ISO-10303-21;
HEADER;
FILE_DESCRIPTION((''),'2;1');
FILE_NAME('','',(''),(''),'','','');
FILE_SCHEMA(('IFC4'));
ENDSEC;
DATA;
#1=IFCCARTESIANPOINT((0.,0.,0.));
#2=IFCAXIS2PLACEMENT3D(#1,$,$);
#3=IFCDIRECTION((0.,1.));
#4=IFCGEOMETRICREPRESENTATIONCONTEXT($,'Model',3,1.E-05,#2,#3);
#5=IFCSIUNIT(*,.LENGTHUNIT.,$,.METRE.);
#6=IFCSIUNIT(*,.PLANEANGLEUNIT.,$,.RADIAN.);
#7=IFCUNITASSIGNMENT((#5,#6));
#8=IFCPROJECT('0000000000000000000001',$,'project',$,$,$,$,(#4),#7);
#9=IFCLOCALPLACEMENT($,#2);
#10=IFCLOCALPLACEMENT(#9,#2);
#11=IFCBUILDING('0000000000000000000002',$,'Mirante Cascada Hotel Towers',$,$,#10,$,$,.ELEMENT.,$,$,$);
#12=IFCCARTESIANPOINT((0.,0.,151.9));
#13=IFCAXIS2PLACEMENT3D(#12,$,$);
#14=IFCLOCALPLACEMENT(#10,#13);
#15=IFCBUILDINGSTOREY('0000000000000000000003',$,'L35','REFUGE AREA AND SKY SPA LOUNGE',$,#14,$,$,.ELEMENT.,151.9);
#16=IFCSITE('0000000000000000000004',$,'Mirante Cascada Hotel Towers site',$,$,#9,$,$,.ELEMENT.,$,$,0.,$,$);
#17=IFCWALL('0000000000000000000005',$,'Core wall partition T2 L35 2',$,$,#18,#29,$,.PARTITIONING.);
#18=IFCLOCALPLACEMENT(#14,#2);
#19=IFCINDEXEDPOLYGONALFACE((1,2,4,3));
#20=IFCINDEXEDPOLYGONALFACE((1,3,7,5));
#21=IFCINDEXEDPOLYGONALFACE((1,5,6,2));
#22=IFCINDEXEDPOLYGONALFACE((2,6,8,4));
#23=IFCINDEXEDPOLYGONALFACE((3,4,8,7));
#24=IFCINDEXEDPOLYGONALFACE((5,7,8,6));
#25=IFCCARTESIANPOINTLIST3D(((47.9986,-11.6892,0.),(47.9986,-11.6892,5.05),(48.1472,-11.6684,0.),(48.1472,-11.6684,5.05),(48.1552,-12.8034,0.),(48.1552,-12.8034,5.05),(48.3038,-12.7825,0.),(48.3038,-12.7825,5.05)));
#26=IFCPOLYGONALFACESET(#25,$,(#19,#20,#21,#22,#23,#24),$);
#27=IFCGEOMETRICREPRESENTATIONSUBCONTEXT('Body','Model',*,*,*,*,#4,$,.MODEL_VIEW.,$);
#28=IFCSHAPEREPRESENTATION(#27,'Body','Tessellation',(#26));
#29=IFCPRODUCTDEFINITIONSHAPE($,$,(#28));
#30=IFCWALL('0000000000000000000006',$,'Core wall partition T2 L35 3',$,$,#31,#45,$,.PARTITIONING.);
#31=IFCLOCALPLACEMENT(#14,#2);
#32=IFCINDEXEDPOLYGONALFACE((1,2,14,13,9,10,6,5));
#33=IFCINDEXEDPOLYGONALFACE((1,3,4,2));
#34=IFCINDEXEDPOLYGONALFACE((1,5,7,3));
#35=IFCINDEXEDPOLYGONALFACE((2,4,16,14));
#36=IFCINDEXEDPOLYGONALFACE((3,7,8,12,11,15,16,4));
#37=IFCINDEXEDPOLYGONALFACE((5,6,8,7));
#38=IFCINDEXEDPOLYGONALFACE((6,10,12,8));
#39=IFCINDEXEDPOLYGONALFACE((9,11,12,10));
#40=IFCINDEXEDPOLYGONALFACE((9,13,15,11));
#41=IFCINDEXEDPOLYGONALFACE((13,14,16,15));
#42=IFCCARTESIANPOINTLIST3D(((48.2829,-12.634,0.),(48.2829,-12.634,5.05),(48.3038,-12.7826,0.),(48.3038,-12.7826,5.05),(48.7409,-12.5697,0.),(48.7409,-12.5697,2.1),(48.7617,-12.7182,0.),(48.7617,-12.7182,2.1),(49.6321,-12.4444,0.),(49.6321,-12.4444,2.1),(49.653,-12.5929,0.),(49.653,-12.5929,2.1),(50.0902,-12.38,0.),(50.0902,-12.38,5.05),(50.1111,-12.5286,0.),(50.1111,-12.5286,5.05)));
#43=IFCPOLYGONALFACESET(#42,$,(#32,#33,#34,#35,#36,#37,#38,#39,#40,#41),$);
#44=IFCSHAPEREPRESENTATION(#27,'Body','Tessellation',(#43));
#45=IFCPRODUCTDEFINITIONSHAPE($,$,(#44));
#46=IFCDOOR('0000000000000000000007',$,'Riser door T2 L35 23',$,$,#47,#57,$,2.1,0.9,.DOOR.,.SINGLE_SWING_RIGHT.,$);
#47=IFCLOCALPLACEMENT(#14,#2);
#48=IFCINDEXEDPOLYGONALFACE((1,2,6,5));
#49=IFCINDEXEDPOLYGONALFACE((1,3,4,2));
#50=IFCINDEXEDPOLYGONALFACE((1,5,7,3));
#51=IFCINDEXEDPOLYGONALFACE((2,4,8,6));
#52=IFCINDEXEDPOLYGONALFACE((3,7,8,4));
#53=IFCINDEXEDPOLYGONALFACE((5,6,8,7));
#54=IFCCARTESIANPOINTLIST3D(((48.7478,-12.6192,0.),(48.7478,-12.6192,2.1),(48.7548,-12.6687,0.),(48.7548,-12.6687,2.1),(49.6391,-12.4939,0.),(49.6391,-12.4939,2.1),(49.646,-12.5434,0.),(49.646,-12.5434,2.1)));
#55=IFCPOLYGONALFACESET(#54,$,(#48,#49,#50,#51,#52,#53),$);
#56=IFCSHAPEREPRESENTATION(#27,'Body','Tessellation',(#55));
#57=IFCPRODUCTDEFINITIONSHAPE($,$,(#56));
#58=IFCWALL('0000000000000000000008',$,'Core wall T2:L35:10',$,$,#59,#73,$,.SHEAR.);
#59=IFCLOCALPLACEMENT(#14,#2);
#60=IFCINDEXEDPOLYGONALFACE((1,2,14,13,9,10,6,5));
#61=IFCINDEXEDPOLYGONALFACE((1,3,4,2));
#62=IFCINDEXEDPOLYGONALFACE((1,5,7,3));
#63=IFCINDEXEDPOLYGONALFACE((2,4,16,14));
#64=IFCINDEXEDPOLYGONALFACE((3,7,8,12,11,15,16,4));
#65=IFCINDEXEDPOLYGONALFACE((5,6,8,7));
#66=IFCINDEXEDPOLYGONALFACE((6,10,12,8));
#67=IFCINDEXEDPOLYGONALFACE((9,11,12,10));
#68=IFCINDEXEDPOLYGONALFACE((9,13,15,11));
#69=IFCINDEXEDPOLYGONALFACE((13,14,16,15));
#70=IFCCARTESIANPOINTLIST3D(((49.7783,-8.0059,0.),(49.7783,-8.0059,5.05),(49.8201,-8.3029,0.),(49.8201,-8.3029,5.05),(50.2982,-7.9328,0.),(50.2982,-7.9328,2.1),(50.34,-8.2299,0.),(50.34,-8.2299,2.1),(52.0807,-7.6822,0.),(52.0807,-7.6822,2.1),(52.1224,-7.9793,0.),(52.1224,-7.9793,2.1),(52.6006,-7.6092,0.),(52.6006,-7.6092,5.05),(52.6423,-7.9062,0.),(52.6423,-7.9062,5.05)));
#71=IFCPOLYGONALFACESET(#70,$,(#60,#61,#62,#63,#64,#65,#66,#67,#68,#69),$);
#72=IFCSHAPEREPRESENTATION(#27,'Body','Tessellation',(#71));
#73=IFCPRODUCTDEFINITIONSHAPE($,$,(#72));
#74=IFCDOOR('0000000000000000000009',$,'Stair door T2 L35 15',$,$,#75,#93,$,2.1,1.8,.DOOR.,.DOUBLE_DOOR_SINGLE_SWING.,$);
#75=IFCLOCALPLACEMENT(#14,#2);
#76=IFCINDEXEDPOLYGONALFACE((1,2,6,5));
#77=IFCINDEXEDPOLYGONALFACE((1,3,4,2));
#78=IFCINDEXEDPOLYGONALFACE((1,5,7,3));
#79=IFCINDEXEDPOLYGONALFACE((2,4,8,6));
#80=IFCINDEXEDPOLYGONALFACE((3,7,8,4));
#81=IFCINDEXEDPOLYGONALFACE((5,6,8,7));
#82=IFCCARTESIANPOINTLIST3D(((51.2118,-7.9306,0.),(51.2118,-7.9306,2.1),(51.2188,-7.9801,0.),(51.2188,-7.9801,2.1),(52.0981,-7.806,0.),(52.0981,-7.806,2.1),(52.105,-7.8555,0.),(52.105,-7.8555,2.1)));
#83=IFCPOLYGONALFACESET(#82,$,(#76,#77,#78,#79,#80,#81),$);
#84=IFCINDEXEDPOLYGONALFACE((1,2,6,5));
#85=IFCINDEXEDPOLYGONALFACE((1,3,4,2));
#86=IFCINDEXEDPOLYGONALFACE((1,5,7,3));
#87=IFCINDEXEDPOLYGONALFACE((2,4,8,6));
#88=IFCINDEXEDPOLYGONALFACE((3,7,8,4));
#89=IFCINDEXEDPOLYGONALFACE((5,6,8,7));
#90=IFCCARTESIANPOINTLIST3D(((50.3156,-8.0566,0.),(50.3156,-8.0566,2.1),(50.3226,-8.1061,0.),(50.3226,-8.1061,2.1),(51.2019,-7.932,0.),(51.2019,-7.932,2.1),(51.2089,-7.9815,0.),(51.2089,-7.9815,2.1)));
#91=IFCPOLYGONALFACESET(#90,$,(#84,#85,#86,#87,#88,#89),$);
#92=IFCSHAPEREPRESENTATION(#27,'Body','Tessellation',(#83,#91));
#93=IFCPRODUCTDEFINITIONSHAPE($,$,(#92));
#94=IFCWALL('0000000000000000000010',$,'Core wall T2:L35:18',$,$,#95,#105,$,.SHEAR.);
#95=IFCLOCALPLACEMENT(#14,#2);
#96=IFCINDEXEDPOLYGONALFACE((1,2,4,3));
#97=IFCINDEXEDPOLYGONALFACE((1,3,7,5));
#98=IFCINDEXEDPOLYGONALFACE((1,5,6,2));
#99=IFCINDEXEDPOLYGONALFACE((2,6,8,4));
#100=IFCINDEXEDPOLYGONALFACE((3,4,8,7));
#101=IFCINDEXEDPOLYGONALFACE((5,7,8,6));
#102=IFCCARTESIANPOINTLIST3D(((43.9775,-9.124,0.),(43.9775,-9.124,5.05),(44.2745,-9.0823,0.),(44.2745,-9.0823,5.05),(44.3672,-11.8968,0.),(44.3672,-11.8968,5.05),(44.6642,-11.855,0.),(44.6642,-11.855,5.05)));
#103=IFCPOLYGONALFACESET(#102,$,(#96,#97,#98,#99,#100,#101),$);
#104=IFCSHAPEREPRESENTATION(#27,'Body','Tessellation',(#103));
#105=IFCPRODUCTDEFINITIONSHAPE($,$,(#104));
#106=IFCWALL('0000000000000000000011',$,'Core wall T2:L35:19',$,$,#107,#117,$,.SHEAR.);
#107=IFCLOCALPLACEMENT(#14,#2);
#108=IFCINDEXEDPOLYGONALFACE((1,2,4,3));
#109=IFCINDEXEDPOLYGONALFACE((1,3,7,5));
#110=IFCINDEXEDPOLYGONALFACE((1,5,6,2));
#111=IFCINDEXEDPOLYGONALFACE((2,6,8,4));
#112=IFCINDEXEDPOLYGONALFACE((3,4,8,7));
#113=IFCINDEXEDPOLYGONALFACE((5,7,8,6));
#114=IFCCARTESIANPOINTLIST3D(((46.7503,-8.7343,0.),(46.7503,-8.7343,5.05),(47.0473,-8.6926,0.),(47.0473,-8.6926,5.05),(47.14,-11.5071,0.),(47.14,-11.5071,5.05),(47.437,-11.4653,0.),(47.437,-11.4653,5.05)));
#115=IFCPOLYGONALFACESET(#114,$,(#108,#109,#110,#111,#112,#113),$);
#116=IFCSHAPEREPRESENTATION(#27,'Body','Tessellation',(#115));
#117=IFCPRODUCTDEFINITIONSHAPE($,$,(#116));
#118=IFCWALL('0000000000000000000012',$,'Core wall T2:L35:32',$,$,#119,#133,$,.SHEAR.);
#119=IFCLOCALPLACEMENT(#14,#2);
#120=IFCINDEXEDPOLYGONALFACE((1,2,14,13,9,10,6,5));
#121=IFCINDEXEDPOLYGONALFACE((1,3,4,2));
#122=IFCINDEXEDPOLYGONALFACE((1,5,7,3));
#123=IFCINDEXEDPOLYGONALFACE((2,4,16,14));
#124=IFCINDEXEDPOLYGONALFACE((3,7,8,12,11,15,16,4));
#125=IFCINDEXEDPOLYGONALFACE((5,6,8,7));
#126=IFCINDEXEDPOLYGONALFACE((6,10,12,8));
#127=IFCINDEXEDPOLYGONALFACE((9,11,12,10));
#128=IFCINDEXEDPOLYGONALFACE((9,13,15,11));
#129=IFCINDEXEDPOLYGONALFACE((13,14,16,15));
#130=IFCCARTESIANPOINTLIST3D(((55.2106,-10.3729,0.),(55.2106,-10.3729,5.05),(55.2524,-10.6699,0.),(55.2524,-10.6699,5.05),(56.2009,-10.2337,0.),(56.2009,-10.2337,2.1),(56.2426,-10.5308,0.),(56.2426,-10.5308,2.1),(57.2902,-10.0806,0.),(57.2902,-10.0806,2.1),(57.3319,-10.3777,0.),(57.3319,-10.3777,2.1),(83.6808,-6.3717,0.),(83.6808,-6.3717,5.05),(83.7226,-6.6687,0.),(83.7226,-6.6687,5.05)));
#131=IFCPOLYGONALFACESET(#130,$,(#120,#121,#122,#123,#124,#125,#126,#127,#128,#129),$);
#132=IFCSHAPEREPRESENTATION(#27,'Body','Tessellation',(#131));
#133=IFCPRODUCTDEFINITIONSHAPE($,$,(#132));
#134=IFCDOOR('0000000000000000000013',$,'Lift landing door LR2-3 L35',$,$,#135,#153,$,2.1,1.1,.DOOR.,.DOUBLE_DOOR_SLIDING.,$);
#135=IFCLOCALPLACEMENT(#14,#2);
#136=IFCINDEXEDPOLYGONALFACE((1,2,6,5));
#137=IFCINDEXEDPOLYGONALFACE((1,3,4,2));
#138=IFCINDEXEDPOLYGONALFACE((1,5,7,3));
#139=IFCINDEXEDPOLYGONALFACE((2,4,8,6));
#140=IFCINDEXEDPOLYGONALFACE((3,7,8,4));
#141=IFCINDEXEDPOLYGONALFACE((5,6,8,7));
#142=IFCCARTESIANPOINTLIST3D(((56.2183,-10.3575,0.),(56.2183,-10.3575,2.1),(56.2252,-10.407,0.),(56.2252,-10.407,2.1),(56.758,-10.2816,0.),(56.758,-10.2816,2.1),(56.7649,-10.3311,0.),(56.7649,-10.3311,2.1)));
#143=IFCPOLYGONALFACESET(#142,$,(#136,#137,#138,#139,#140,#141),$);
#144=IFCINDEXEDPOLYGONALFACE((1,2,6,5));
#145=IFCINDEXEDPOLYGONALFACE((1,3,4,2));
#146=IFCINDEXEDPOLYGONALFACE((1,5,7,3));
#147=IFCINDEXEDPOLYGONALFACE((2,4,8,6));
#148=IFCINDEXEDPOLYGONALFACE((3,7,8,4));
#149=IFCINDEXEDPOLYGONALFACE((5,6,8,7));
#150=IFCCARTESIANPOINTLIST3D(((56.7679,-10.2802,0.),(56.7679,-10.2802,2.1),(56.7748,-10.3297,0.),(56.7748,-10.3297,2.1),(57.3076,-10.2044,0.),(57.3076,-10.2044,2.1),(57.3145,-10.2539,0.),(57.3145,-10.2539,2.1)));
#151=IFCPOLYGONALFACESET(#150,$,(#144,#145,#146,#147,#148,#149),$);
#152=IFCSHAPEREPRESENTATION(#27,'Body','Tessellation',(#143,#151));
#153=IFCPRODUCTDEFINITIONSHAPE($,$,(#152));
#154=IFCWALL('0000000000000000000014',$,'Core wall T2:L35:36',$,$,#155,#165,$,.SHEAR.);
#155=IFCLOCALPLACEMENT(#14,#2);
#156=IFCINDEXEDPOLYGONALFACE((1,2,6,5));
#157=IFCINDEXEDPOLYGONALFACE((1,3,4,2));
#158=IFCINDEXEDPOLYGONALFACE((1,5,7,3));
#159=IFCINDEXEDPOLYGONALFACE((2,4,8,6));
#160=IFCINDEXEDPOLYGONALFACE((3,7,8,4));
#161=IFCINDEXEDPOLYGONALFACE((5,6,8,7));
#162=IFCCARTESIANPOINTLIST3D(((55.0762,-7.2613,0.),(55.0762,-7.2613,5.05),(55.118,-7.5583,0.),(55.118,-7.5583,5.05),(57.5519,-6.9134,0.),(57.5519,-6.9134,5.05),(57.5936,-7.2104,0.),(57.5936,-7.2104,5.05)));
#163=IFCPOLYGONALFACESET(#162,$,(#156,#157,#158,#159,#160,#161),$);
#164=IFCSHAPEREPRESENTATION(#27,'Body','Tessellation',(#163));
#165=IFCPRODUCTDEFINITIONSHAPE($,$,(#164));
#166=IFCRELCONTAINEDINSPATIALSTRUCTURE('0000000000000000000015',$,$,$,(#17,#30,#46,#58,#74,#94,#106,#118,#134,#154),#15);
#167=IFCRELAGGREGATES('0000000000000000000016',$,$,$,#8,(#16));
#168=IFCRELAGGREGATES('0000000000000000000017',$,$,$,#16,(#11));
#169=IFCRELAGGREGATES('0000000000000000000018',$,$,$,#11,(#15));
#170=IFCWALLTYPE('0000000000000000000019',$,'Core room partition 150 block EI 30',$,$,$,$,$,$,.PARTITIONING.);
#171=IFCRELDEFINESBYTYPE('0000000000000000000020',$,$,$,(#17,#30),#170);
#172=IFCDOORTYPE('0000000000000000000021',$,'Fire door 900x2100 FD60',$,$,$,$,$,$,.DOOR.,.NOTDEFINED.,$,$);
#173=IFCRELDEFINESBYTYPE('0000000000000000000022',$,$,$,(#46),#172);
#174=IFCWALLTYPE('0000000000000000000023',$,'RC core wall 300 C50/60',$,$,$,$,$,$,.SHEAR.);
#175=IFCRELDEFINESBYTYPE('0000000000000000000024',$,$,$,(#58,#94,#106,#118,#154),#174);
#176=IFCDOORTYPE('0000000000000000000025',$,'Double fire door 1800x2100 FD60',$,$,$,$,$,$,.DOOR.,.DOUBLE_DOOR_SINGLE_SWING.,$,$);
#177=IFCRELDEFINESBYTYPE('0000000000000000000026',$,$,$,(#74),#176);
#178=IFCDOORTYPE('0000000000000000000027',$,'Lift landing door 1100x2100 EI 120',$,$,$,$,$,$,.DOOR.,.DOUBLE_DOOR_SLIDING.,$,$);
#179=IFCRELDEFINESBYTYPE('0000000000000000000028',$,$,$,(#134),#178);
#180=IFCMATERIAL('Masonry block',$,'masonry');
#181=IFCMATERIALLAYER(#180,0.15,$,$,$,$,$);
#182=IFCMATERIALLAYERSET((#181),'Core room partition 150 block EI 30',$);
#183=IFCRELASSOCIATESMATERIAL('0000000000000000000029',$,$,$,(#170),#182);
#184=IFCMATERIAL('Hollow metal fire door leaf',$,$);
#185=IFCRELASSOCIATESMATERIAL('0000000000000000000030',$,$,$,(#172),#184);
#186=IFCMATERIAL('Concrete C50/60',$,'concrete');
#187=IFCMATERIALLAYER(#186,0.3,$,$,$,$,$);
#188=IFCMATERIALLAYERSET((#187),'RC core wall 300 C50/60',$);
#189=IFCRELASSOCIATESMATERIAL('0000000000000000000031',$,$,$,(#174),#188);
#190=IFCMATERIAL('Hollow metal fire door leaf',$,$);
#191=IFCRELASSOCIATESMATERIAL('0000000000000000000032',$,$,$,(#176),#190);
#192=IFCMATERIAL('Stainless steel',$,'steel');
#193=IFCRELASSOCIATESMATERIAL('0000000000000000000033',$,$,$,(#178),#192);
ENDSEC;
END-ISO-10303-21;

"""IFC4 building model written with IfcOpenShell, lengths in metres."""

from ifc_helpers import new_model, si_unit, direction, frame, frame_2d, origin, place, context, subcontext, project, spatial, rectangle, extrude, material, layer, layer_set, type_object, element, fill, save


model = new_model("IFC4")

# Units and contexts
model_context = context("Model", 3, precision=1e-05, world=origin(), true_north=direction((0.0, 1.0)))
body_context = subcontext(model_context, "Body", "Model", "MODEL_VIEW")
ifc_project = project(units=[si_unit("LENGTHUNIT", "METRE"), si_unit("PLANEANGLEUNIT", "RADIAN")], contexts=[model_context])

# Site, building, storey
site_placement = place(None, origin())
site = spatial("IfcSite", under=ifc_project, at=site_placement, Name="Mirante Cascada Hotel Towers site", CompositionType="ELEMENT", RefElevation=0.0)
building_placement = place(site_placement, origin())
building = spatial("IfcBuilding", under=site, at=building_placement, Name="Mirante Cascada Hotel Towers", CompositionType="ELEMENT")
storey_placement = place(building_placement, frame((0.0, 0.0, 151.9)))
storey = spatial("IfcBuildingStorey", under=building, at=storey_placement, Name="L35", Description="REFUGE AREA AND SKY SPA LOUNGE", CompositionType="ELEMENT", Elevation=151.9)

# Wall
ifc_material_1 = material(Name="Masonry block", Category="masonry")
ifc_layer_1 = layer(ifc_material_1, 0.15)
ifc_layer_set_1 = layer_set([ifc_layer_1], Name="Core room partition 150 block EI 30")
wall_type_1 = type_object("IfcWallType", Name="Core room partition 150 block EI 30", PredefinedType="PARTITIONING", material=ifc_layer_set_1)
wall_1_placement = place(storey_placement, frame((48.2295, -12.793, 0.0), z_axis=(0.0, 0.0, 1.0), x_axis=(-0.139193, 0.990265, 0.0)))
element("IfcWall", 1, at=wall_1_placement, inside=storey, type_object=wall_type_1, Name="Core wall partition T2 L35 2", PredefinedType="PARTITIONING", context=body_context, shape_type="SweptSolid", body=[
    extrude(rectangle(XDim=1.1251, YDim=0.15, at=frame_2d((0.5626, 0.0))), origin(), (0.0, 0.0, 1.0), 5.05),
])

# Walls, openings, doors
wall_2_placement = place(storey_placement, frame((48.2933, -12.7083, 0.0), z_axis=(0.0, 0.0, 1.0), x_axis=(0.990268, 0.139173, 0.0)))
wall_2 = element("IfcWall", 2, at=wall_2_placement, inside=storey, type_object=wall_type_1, Name="Core wall partition T2 L35 3", PredefinedType="PARTITIONING", context=body_context, shape_type="SweptSolid", body=[
    extrude(rectangle(XDim=1.8251, YDim=0.15, at=frame_2d((0.9126, 0.0))), origin(), (0.0, 0.0, 1.0), 5.05),
])
opening_1_placement = place(wall_2_placement, frame((0.4625, 0.0, 0.0)))
opening_1 = element("IfcOpeningElement", 3, at=opening_1_placement, cuts=wall_2, PredefinedType="OPENING", context=body_context, shape_type="SweptSolid", body=[
    extrude(rectangle(XDim=0.9, YDim=2.1, at=frame_2d((0.45, 1.05))), frame((0.0, 0.075, 0.0), z_axis=(0.0, -1.0, 0.0), x_axis=(1.0, 0.0, 0.0)), (0.0, 0.0, 1.0), 0.15),
])
ifc_material_2 = material(Name="Hollow metal fire door leaf")
door_type_1 = type_object("IfcDoorType", Name="Fire door 900x2100 FD60", OperationType="NOTDEFINED", PredefinedType="DOOR", material=ifc_material_2)
door_1_placement = place(opening_1_placement, frame((0.9, 0.0, 0.0), z_axis=(0.0, 0.0, 1.0), x_axis=(-1.0, 0.0, 0.0)))
door_1 = element("IfcDoor", 4, at=door_1_placement, inside=storey, type_object=door_type_1, Name="Riser door T2 L35 23", OperationType="SINGLE_SWING_RIGHT", OverallHeight=2.1, OverallWidth=0.9, PredefinedType="DOOR", context=body_context, shape_type="SweptSolid", body=[
    extrude(rectangle(XDim=0.9, YDim=2.1, at=frame_2d((0.45, 1.05))), frame((0.0, 0.025, 0.0), z_axis=(0.0, -1.0, 0.0), x_axis=(1.0, 0.0, 0.0)), (0.0, 0.0, 1.0), 0.05),
])
fill(opening_1, door_1)
ifc_material_3 = material(Name="Concrete C50/60", Category="concrete")
ifc_layer_2 = layer(ifc_material_3, 0.3)
ifc_layer_set_2 = layer_set([ifc_layer_2], Name="RC core wall 300 C50/60")
wall_type_2 = type_object("IfcWallType", Name="RC core wall 300 C50/60", PredefinedType="SHEAR", material=ifc_layer_set_2)
wall_3_placement = place(storey_placement, frame((49.7992, -8.1544, 0.0), z_axis=(0.0, 0.0, 1.0), x_axis=(0.990266, 0.139191, 0.0)))
wall_3 = element("IfcWall", 5, at=wall_3_placement, inside=storey, type_object=wall_type_2, Name="Core wall T2:L35:10", PredefinedType="SHEAR", context=body_context, shape_type="SweptSolid", body=[
    extrude(rectangle(XDim=2.85, YDim=0.3, at=frame_2d((1.425, 0.0))), origin(), (0.0, 0.0, 1.0), 5.05),
])
opening_2_placement = place(wall_3_placement, frame((0.525, 0.0, 0.0)))
opening_2 = element("IfcOpeningElement", 6, at=opening_2_placement, cuts=wall_3, PredefinedType="OPENING", context=body_context, shape_type="SweptSolid", body=[
    extrude(rectangle(XDim=1.8, YDim=2.1, at=frame_2d((0.9, 1.05))), frame((0.0, 0.15, 0.0), z_axis=(0.0, -1.0, 0.0), x_axis=(1.0, 0.0, 0.0)), (0.0, 0.0, 1.0), 0.3),
])
ifc_material_4 = material(Name="Hollow metal fire door leaf")
door_type_2 = type_object("IfcDoorType", Name="Double fire door 1800x2100 FD60", OperationType="DOUBLE_DOOR_SINGLE_SWING", PredefinedType="DOOR", material=ifc_material_4)
door_2_placement = place(opening_2_placement, frame((1.8, 0.0, 0.0), z_axis=(0.0, 0.0, 1.0), x_axis=(-1.0, 0.0, 0.0)))
door_2 = element("IfcDoor", 7, at=door_2_placement, inside=storey, type_object=door_type_2, Name="Stair door T2 L35 15", OperationType="DOUBLE_DOOR_SINGLE_SWING", OverallHeight=2.1, OverallWidth=1.8, PredefinedType="DOOR", context=body_context, shape_type="SweptSolid", body=[
    extrude(rectangle(XDim=0.895, YDim=2.1, at=frame_2d((0.4475, 1.05))), frame((0.0, 0.025, 0.0), z_axis=(0.0, -1.0, 0.0), x_axis=(1.0, 0.0, 0.0)), (0.0, 0.0, 1.0), 0.05),
    extrude(rectangle(XDim=0.895, YDim=2.1, at=frame_2d((1.3525, 1.05))), frame((0.0, 0.025, 0.0), z_axis=(0.0, -1.0, 0.0), x_axis=(1.0, 0.0, 0.0)), (0.0, 0.0, 1.0), 0.05),
])
fill(opening_2, door_2)

# Walls
for number, where, z_axis, x_axis, name in (
    (8, (44.5157, -11.8759, 0.0), (0.0, 0.0, 1.0), (-0.139181, 0.990267, 0.0), "Core wall T2:L35:18"),
    (9, (47.2885, -11.4862, 0.0), (0.0, 0.0, 1.0), (-0.139181, 0.990267, 0.0), "Core wall T2:L35:19"),
):
    element("IfcWall", number, at=place(storey_placement, frame(where, z_axis=z_axis, x_axis=x_axis)), inside=storey, type_object=wall_type_2, Name=name, PredefinedType="SHEAR", context=body_context, shape_type="SweptSolid", body=[
        extrude(rectangle(XDim=2.8, YDim=0.3, at=frame_2d((1.4, 0.0))), origin(), (0.0, 0.0, 1.0), 5.05),
    ])

# Wall, opening, door
wall_4_placement = place(storey_placement, frame((55.2315, -10.5214, 0.0), z_axis=(0.0, 0.0, 1.0), x_axis=(0.990268, 0.139172, 0.0)))
wall_4 = element("IfcWall", 10, at=wall_4_placement, inside=storey, type_object=wall_type_2, Name="Core wall T2:L35:32", PredefinedType="SHEAR", context=body_context, shape_type="SweptSolid", body=[
    extrude(rectangle(XDim=28.75, YDim=0.3, at=frame_2d((14.375, 0.0))), origin(), (0.0, 0.0, 1.0), 5.05),
])
opening_3_placement = place(wall_4_placement, frame((1.0, 0.0, 0.0)))
opening_3 = element("IfcOpeningElement", 11, at=opening_3_placement, cuts=wall_4, PredefinedType="OPENING", context=body_context, shape_type="SweptSolid", body=[
    extrude(rectangle(XDim=1.1, YDim=2.1, at=frame_2d((0.55, 1.05))), frame((0.0, 0.15, 0.0), z_axis=(0.0, -1.0, 0.0), x_axis=(1.0, 0.0, 0.0)), (0.0, 0.0, 1.0), 0.3),
])
ifc_material_5 = material(Name="Stainless steel", Category="steel")
door_type_3 = type_object("IfcDoorType", Name="Lift landing door 1100x2100 EI 120", OperationType="DOUBLE_DOOR_SLIDING", PredefinedType="DOOR", material=ifc_material_5)
door_3_placement = place(opening_3_placement, origin())
door_3 = element("IfcDoor", 12, at=door_3_placement, inside=storey, type_object=door_type_3, Name="Lift landing door LR2-3 L35", OperationType="DOUBLE_DOOR_SLIDING", OverallHeight=2.1, OverallWidth=1.1, PredefinedType="DOOR", context=body_context, shape_type="SweptSolid", body=[
    extrude(rectangle(XDim=0.545, YDim=2.1, at=frame_2d((0.2725, 1.05))), frame((0.0, 0.025, 0.0), z_axis=(0.0, -1.0, 0.0), x_axis=(1.0, 0.0, 0.0)), (0.0, 0.0, 1.0), 0.05),
    extrude(rectangle(XDim=0.545, YDim=2.1, at=frame_2d((0.8275, 1.05))), frame((0.0, 0.025, 0.0), z_axis=(0.0, -1.0, 0.0), x_axis=(1.0, 0.0, 0.0)), (0.0, 0.0, 1.0), 0.05),
])
fill(opening_3, door_3)

# Wall
wall_5_placement = place(storey_placement, frame((55.0971, -7.4098, 0.0), z_axis=(0.0, 0.0, 1.0), x_axis=(0.99027, 0.139159, 0.0)))
element("IfcWall", 13, at=wall_5_placement, inside=storey, type_object=wall_type_2, Name="Core wall T2:L35:36", PredefinedType="SHEAR", context=body_context, shape_type="SweptSolid", body=[
    extrude(rectangle(XDim=2.5, YDim=0.3, at=frame_2d((1.25, 0.0))), origin(), (0.0, 0.0, 1.0), 5.05),
])

save(model, "model.ifc")
